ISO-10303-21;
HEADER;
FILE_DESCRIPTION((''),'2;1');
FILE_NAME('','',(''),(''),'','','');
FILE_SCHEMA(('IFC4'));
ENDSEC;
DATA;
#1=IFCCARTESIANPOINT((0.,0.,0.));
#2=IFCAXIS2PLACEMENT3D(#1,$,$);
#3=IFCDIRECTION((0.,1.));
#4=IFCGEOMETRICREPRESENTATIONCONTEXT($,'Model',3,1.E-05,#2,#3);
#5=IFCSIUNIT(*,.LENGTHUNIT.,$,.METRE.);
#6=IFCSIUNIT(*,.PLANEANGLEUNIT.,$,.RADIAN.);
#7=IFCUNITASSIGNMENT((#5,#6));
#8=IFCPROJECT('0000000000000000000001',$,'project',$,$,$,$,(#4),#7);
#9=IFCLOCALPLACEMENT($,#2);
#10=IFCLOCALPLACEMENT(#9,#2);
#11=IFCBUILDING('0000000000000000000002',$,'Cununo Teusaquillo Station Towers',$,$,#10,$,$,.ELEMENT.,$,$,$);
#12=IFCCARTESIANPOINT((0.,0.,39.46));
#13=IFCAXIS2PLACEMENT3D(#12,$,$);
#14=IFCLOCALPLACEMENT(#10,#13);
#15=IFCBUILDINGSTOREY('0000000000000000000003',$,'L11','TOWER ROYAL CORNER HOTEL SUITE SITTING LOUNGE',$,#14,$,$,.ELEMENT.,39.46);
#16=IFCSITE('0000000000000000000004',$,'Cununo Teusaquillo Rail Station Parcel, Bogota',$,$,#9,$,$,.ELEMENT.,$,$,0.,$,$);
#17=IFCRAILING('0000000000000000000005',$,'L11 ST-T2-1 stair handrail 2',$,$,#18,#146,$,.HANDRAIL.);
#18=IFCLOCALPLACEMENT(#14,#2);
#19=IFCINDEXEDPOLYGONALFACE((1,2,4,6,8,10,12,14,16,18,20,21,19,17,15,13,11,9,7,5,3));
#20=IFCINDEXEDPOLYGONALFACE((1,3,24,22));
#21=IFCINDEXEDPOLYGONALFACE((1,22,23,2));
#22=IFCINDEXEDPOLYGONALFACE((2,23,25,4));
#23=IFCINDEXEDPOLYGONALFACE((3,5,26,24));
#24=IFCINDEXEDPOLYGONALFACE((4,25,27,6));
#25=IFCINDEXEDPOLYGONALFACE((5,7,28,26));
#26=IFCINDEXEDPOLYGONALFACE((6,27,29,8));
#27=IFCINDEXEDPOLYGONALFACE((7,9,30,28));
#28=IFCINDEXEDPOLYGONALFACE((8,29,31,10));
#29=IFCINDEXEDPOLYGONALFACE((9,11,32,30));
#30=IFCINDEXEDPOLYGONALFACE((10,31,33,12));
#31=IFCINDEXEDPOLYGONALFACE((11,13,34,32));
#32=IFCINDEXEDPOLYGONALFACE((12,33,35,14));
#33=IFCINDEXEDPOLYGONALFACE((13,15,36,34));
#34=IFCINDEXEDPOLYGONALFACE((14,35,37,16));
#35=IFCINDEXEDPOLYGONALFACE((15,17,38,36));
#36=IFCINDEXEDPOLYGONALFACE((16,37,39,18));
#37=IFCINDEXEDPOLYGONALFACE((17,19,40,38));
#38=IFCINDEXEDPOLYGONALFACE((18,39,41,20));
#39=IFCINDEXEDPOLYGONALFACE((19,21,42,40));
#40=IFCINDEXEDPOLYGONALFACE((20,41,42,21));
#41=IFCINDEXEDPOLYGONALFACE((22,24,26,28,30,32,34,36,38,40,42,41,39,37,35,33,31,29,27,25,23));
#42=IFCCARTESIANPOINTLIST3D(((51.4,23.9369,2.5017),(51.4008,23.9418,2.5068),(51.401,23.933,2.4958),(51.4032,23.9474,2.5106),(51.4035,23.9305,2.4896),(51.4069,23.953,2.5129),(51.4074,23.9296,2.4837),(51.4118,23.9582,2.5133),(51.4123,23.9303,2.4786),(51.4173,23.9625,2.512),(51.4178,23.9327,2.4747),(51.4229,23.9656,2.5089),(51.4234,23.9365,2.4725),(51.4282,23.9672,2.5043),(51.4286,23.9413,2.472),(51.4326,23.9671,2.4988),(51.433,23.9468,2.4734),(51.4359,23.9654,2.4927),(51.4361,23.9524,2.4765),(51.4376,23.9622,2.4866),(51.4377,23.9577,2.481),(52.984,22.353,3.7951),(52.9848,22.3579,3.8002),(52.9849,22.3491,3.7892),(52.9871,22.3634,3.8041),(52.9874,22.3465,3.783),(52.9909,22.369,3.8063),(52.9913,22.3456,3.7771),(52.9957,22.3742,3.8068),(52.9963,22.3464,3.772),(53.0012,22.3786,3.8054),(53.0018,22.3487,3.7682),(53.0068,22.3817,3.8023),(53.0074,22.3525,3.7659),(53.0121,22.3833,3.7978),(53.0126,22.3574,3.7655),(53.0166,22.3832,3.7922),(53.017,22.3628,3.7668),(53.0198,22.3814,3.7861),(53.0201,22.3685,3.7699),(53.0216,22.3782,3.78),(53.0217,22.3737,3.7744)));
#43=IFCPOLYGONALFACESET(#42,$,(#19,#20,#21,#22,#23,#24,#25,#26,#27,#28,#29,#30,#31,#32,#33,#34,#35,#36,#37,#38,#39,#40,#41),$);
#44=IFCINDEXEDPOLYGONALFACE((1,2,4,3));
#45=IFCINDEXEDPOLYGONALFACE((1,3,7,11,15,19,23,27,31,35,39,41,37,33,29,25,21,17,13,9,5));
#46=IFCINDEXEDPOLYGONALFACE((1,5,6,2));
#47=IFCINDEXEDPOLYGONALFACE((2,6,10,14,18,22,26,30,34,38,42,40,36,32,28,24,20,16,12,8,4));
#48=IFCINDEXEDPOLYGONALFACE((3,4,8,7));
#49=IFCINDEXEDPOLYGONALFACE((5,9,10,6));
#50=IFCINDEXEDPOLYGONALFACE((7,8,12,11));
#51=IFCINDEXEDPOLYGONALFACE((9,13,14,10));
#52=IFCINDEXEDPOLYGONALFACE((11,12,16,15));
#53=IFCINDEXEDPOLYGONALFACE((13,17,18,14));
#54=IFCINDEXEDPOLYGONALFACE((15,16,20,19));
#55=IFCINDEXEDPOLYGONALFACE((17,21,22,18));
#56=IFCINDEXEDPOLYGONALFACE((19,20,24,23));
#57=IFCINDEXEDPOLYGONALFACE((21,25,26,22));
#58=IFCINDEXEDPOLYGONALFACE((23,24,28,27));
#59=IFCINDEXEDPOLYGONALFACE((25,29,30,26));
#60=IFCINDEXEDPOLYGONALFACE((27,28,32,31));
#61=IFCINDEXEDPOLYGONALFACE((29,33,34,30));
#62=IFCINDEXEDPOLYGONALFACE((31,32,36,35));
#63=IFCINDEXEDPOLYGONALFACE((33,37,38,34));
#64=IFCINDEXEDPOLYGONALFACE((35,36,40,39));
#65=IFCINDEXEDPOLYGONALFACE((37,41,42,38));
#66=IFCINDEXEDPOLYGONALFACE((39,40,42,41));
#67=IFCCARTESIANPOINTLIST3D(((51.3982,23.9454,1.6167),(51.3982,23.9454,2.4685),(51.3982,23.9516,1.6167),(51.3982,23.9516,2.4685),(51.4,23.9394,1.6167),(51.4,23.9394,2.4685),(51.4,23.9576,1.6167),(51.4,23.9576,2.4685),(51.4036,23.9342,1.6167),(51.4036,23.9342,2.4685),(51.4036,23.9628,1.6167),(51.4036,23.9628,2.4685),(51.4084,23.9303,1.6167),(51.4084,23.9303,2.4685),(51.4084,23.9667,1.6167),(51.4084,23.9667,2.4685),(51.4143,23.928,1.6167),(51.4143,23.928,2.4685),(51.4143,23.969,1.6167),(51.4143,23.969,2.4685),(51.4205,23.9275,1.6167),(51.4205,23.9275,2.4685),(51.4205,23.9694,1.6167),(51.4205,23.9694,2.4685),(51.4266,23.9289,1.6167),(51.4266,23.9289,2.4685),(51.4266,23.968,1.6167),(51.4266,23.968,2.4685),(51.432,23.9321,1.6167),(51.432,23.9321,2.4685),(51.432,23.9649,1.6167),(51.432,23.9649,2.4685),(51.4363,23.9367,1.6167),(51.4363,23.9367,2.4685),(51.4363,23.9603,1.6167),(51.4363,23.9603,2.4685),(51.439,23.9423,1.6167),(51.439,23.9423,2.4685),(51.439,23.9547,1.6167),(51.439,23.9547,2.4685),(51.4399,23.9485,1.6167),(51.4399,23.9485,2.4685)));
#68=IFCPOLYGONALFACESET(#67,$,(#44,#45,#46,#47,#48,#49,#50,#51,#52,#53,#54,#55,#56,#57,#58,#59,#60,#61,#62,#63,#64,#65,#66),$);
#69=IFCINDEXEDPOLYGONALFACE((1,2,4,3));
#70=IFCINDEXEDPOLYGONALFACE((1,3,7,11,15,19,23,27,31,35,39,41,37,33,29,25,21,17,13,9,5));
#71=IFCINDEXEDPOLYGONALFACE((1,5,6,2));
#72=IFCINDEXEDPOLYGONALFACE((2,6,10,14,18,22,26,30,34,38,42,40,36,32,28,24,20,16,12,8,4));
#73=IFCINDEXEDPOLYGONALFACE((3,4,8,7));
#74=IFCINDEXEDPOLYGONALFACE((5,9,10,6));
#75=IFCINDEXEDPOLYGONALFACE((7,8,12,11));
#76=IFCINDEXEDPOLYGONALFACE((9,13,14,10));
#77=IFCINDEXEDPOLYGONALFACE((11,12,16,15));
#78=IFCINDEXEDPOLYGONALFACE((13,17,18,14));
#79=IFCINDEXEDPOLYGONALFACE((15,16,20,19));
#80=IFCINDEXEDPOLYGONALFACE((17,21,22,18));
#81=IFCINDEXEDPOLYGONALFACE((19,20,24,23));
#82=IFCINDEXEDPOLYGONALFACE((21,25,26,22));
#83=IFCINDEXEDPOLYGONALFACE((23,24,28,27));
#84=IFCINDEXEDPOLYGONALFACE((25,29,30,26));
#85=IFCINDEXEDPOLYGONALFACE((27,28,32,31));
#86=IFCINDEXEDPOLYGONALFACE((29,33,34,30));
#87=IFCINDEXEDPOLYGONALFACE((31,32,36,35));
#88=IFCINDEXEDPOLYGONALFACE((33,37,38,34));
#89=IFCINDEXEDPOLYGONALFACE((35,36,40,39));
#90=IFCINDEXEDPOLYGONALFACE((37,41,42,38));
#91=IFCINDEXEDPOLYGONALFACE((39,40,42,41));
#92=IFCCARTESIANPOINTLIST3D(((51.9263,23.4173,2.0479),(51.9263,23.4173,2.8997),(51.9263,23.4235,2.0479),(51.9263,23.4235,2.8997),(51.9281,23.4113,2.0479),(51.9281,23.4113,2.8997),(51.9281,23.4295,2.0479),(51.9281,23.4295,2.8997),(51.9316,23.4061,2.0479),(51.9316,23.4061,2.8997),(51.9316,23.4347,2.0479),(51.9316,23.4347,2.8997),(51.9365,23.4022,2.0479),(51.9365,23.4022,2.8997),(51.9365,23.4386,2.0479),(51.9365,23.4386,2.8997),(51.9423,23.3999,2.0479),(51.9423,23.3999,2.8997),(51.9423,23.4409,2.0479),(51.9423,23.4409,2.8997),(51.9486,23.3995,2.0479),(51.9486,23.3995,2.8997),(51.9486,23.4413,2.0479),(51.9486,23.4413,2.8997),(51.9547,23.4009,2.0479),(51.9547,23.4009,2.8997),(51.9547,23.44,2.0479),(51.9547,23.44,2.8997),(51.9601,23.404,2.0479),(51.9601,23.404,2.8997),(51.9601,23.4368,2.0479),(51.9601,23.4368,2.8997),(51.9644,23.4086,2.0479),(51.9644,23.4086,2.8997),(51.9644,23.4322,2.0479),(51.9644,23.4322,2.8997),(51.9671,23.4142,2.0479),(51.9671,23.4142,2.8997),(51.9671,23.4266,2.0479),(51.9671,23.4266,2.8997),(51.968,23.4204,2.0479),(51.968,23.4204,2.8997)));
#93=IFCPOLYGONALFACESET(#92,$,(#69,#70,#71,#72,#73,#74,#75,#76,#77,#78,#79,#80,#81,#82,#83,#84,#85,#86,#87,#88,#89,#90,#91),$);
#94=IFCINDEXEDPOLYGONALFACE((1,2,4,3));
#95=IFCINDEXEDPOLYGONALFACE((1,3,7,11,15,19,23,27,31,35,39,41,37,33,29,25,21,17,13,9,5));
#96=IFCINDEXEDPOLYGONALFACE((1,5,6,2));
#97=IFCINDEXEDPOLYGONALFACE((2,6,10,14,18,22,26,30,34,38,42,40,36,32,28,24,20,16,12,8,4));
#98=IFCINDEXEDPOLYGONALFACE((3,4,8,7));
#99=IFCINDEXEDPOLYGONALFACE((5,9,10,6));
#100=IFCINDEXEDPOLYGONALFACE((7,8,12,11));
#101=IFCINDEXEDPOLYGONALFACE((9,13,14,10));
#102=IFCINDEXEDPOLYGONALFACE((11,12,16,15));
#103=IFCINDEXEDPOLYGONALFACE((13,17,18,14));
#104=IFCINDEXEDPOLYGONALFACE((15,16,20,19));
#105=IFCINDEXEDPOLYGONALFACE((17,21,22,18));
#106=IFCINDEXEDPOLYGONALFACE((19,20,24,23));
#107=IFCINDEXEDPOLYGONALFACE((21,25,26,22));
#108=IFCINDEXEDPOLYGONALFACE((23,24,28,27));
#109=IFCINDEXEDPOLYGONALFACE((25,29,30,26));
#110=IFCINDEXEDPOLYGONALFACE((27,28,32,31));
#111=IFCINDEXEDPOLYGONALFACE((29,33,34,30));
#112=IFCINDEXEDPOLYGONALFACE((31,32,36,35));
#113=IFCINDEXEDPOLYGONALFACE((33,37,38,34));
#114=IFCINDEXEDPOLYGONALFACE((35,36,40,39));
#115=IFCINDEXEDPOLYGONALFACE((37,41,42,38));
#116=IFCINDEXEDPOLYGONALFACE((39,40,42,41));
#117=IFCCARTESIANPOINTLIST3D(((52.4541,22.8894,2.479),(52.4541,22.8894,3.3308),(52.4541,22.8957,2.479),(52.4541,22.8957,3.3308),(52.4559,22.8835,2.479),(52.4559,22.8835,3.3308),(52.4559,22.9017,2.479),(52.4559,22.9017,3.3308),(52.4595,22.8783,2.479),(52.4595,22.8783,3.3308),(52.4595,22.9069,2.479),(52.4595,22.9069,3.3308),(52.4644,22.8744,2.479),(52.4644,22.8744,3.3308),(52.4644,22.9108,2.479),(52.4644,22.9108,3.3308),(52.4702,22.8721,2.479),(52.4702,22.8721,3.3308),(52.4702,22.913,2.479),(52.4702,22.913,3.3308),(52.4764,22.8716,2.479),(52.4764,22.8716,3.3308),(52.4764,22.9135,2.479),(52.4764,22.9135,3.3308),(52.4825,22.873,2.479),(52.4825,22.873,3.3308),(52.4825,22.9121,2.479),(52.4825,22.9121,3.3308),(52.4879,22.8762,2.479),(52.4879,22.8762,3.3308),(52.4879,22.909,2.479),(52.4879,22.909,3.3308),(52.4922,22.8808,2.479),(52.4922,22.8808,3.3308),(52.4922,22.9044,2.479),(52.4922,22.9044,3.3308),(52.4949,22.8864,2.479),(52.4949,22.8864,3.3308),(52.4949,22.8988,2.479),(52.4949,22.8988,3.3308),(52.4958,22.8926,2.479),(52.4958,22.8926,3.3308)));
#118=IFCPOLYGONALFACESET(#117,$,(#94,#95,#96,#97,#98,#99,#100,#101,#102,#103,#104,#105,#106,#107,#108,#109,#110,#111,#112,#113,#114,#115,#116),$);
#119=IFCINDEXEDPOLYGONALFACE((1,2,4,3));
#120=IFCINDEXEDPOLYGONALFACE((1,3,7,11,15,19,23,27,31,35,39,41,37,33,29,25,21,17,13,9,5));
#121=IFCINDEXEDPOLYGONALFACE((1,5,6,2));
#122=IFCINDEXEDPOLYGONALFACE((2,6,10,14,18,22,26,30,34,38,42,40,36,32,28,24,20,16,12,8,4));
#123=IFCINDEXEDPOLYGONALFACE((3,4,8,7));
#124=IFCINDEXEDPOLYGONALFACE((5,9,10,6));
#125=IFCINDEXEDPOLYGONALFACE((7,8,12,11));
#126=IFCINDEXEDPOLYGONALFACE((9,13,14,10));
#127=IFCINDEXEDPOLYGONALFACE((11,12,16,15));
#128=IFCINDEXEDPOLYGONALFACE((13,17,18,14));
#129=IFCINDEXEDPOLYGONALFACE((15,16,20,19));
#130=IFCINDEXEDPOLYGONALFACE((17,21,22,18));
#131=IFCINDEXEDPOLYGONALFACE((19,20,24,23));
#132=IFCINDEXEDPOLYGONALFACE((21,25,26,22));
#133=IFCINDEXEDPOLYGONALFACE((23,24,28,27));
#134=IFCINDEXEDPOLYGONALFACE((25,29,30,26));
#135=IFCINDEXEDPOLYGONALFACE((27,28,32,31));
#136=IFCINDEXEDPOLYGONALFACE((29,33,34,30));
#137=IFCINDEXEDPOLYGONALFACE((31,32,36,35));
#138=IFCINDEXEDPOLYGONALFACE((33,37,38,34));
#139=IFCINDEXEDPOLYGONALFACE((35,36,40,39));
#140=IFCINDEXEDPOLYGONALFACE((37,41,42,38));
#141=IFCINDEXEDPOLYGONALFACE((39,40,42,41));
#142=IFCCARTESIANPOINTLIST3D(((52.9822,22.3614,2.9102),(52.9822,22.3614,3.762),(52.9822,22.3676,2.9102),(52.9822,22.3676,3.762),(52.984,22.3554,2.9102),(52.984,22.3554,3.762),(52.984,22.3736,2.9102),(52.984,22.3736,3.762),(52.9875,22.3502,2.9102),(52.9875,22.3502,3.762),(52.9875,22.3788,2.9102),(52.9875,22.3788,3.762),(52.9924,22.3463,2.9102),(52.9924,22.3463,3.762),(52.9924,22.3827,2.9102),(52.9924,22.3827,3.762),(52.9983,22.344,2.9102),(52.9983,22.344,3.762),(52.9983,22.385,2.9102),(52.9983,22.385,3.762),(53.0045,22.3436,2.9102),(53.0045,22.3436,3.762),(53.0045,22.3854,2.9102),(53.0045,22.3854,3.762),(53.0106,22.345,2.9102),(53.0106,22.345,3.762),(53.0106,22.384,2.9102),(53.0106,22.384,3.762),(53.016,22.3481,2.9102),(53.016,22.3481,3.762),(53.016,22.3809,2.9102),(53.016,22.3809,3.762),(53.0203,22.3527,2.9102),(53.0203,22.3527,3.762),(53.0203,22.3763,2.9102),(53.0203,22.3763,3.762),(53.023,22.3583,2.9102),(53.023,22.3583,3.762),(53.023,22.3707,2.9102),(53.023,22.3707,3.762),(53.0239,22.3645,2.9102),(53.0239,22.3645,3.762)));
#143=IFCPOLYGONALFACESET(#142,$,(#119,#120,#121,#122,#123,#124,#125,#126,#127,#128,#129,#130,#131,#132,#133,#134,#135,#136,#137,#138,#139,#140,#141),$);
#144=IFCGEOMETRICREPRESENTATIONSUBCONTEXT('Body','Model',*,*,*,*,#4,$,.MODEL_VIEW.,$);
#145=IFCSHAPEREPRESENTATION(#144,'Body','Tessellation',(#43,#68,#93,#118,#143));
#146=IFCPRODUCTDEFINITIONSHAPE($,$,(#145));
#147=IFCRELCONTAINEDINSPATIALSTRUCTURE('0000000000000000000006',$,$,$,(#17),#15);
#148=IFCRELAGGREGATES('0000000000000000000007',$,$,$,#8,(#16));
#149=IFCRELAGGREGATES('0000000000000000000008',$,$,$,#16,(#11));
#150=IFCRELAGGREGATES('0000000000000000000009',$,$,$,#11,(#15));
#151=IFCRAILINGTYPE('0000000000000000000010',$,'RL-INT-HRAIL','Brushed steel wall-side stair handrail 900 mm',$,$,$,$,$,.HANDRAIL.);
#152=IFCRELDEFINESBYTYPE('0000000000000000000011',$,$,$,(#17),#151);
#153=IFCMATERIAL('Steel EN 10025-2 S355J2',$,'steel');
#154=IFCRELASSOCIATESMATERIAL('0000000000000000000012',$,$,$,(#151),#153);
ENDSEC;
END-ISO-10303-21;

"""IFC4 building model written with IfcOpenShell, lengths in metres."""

from ifc_helpers import new_model, si_unit, direction, frame, origin, origin_2d, place, context, subcontext, project, spatial, circle, extrude, material, type_object, element, save


model = new_model("IFC4")

# Units and contexts
model_context = context("Model", 3, precision=1e-05, world=origin(), true_north=direction((0.0, 1.0)))
body_context = subcontext(model_context, "Body", "Model", "MODEL_VIEW")
ifc_project = project(units=[si_unit("LENGTHUNIT", "METRE"), si_unit("PLANEANGLEUNIT", "RADIAN")], contexts=[model_context])

# Site, building, storey
site_placement = place(None, origin())
site = spatial("IfcSite", under=ifc_project, at=site_placement, Name="Cununo Teusaquillo Rail Station Parcel, Bogota", CompositionType="ELEMENT", RefElevation=0.0)
building_placement = place(site_placement, origin())
building = spatial("IfcBuilding", under=site, at=building_placement, Name="Cununo Teusaquillo Station Towers", CompositionType="ELEMENT")
storey_placement = place(building_placement, frame((0.0, 0.0, 39.46)))
storey = spatial("IfcBuildingStorey", under=building, at=storey_placement, Name="L11", Description="TOWER ROYAL CORNER HOTEL SUITE SITTING LOUNGE", CompositionType="ELEMENT", Elevation=39.46)

# Railing
ifc_material_1 = material(Name="Steel EN 10025-2 S355J2", Category="steel")
railing_type_1 = type_object("IfcRailingType", Name="RL-INT-HRAIL", Description="Brushed steel wall-side stair handrail 900 mm", PredefinedType="HANDRAIL", material=ifc_material_1)
railing_1_placement = place(storey_placement, frame((51.4189, 23.9485, 1.6167)))
element("IfcRailing", 1, at=railing_1_placement, inside=storey, type_object=railing_type_1, Name="L11 ST-T2-1 stair handrail 2", PredefinedType="HANDRAIL", context=body_context, shape_type="SweptSolid", body=[
    extrude(circle(Radius=0.0239, at=origin_2d()), frame((0.0, 0.0, 0.876), z_axis=(0.612356, -0.612356, 0.50004), x_axis=(0.707107, 0.707107, 0.0)), (0.0, 0.0, 1.0), 2.5867),
    extrude(circle(Radius=0.021, at=origin_2d()), origin(), (0.0, 0.0, 1.0), 0.8518),
    extrude(circle(Radius=0.021, at=origin_2d()), frame((0.5281, -0.5281, 0.4312)), (0.0, 0.0, 1.0), 0.8518),
    extrude(circle(Radius=0.021, at=origin_2d()), frame((1.0559, -1.0559, 0.8623)), (0.0, 0.0, 1.0), 0.8518),
    extrude(circle(Radius=0.021, at=origin_2d()), frame((1.584, -1.584, 1.2935)), (0.0, 0.0, 1.0), 0.8518),
])

save(model, "model.ifc")
